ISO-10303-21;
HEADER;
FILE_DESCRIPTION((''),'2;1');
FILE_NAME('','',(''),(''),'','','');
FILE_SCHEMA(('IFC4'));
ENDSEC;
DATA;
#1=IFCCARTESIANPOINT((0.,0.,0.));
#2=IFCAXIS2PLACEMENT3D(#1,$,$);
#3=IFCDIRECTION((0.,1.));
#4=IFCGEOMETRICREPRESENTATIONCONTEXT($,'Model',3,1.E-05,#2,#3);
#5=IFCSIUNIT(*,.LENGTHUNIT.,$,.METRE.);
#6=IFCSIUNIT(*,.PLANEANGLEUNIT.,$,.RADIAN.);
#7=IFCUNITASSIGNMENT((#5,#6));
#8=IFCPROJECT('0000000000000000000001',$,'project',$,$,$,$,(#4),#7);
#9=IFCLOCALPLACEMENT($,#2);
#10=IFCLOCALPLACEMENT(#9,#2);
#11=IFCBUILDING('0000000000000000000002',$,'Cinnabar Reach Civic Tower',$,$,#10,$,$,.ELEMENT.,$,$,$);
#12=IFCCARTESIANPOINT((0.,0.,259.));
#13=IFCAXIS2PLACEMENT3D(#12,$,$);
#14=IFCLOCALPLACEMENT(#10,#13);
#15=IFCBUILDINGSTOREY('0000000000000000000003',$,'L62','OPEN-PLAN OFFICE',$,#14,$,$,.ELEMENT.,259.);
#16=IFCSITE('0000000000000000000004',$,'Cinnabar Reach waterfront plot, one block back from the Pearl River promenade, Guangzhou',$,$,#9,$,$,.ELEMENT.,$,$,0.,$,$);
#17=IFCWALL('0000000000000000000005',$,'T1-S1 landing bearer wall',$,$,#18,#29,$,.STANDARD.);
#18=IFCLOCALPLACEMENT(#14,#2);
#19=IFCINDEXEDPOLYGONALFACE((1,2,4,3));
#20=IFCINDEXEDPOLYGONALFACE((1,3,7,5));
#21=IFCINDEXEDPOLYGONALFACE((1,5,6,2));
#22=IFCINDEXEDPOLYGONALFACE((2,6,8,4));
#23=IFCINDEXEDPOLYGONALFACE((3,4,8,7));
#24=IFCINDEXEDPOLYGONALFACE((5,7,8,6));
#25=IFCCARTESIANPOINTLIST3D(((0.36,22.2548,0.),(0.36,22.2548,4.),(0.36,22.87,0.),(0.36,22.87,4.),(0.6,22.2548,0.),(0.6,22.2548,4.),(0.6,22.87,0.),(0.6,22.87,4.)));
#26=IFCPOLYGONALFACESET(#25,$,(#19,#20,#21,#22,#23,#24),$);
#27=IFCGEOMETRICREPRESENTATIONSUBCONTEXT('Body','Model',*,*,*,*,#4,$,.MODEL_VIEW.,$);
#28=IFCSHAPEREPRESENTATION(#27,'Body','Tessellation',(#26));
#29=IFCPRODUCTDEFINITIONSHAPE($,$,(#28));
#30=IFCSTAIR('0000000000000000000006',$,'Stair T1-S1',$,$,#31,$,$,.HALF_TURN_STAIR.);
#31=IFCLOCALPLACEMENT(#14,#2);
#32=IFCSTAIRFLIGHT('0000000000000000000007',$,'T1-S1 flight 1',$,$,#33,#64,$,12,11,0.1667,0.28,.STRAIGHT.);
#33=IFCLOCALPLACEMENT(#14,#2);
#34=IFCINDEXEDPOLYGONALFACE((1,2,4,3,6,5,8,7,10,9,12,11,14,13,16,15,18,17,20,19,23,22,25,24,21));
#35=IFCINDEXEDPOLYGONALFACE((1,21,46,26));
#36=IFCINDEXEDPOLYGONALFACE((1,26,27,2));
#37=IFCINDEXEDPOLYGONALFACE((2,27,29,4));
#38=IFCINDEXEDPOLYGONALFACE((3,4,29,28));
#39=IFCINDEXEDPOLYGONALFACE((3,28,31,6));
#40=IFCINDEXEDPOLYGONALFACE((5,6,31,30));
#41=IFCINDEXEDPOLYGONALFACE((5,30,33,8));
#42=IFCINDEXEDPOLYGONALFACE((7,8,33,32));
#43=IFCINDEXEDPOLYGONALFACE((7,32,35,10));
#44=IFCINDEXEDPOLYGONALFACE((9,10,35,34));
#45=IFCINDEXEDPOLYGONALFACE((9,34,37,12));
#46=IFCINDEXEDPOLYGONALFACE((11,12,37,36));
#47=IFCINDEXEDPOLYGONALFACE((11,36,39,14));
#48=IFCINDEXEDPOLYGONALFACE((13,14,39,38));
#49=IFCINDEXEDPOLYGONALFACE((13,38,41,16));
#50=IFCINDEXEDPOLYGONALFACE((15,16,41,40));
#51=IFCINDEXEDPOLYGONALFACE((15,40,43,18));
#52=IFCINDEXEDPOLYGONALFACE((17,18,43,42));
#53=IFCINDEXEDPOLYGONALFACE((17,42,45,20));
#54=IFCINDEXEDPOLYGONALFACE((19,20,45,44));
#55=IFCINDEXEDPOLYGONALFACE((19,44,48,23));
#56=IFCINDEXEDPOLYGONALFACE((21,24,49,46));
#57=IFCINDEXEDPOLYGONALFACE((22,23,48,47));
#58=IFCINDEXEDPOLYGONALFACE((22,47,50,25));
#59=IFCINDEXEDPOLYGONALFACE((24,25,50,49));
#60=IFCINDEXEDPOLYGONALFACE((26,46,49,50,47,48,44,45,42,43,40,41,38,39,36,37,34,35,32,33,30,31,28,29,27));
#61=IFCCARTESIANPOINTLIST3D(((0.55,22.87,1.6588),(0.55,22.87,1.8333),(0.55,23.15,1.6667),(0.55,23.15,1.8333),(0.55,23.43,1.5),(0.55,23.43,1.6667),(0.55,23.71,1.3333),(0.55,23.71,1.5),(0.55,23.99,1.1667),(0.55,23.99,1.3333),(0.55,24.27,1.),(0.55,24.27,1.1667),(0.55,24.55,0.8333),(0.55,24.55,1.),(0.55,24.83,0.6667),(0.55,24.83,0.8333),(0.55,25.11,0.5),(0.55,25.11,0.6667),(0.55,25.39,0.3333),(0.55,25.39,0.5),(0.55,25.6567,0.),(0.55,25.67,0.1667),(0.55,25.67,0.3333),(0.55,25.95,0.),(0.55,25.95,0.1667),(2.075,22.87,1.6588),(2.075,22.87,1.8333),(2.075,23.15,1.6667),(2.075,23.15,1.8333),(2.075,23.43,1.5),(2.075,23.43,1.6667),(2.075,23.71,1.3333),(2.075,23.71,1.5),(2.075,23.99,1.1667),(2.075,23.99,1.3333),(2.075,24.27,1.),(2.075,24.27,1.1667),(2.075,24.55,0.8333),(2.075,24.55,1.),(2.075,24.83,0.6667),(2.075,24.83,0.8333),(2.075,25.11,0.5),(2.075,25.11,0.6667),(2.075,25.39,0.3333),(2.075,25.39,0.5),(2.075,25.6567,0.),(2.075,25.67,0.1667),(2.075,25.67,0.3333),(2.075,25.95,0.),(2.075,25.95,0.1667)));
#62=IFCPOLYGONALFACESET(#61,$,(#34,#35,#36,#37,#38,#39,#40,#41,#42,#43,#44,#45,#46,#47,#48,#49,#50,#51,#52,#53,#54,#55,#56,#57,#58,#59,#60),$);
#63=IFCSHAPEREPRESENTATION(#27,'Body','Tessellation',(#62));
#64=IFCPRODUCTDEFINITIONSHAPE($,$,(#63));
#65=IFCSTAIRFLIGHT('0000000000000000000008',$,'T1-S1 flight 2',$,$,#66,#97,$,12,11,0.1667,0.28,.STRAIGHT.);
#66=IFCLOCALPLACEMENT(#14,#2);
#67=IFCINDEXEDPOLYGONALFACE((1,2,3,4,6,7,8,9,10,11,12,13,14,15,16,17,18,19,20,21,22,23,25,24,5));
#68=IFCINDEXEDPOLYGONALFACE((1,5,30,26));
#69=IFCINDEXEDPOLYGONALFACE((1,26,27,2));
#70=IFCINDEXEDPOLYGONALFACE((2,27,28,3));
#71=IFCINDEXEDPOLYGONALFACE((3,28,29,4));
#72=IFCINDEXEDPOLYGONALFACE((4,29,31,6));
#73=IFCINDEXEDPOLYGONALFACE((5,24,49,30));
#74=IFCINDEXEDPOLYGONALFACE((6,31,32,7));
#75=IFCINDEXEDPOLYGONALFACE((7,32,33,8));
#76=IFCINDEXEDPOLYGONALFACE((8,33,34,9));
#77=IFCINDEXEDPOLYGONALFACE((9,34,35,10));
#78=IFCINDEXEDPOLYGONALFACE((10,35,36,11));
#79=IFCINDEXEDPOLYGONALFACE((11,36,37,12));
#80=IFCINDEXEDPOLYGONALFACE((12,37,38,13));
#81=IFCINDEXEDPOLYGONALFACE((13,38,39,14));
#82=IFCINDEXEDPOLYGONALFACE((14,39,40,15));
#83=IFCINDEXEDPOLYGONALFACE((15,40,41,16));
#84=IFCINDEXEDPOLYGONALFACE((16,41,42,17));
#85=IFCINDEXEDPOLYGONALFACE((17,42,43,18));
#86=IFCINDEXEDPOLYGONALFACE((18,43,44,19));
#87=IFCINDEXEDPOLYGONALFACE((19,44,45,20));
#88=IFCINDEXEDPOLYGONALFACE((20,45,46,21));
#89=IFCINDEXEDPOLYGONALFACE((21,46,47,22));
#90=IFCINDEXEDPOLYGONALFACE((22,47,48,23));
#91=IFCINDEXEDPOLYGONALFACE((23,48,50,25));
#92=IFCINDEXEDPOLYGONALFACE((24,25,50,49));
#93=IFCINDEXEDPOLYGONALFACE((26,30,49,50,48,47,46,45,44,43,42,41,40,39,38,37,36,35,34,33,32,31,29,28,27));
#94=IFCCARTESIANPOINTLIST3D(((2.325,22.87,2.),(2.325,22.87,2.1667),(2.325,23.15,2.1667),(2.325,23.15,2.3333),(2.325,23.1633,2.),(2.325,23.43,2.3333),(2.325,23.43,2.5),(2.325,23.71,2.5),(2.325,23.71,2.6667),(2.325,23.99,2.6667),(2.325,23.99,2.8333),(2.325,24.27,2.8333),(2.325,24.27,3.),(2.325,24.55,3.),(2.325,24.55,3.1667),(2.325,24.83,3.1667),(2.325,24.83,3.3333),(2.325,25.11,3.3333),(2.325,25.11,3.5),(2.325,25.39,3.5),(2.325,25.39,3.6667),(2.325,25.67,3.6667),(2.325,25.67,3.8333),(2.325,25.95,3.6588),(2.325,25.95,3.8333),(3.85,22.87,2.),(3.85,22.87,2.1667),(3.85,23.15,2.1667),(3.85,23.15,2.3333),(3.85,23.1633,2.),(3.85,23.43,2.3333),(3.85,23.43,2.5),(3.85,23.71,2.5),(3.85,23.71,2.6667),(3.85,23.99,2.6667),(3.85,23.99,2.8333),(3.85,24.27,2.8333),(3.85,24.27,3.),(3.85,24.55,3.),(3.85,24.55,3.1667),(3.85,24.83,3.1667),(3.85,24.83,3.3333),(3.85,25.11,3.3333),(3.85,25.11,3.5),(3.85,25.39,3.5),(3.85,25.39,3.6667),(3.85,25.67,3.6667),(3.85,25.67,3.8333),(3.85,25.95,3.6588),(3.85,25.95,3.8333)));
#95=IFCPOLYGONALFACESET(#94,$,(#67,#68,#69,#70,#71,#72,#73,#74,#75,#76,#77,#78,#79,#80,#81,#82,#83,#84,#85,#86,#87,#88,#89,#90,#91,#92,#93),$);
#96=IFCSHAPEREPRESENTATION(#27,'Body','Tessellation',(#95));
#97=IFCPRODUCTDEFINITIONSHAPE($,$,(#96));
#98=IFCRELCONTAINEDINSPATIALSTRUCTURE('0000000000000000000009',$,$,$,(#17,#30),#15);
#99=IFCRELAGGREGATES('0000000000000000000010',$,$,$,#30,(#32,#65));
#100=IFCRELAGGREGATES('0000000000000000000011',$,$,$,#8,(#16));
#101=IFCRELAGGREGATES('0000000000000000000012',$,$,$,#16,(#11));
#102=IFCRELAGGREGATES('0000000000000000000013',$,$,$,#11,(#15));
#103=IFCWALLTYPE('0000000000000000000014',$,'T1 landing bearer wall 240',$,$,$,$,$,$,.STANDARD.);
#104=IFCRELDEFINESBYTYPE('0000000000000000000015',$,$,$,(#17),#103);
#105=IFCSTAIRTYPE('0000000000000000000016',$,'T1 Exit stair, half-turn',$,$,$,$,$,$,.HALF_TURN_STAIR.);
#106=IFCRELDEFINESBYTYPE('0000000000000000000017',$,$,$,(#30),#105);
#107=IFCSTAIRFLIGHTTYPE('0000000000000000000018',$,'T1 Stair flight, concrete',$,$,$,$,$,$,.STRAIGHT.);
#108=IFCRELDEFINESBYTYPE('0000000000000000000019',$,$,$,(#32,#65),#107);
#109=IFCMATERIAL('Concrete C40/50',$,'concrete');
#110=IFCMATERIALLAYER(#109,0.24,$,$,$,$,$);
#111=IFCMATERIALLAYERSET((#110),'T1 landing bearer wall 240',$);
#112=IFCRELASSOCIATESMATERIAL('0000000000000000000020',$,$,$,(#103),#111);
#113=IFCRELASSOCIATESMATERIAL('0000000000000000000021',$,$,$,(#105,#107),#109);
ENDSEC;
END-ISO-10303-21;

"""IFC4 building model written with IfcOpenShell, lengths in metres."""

from ifc_helpers import new_model, si_unit, direction, frame, frame_2d, origin, place, context, subcontext, project, spatial, polyline, rectangle, outline, extrude, material, layer, layer_set, type_object, element, aggregate, save


model = new_model("IFC4")

# Units and contexts
model_context = context("Model", 3, precision=1e-05, world=origin(), true_north=direction((0.0, 1.0)))
body_context = subcontext(model_context, "Body", "Model", "MODEL_VIEW")
ifc_project = project(units=[si_unit("LENGTHUNIT", "METRE"), si_unit("PLANEANGLEUNIT", "RADIAN")], contexts=[model_context])

# Site, building, storey
site_placement = place(None, origin())
site = spatial("IfcSite", under=ifc_project, at=site_placement, Name="Cinnabar Reach waterfront plot, one block back from the Pearl River promenade, Guangzhou", CompositionType="ELEMENT", RefElevation=0.0)
building_placement = place(site_placement, origin())
building = spatial("IfcBuilding", under=site, at=building_placement, Name="Cinnabar Reach Civic Tower", CompositionType="ELEMENT")
storey_placement = place(building_placement, frame((0.0, 0.0, 259.0)))
storey = spatial("IfcBuildingStorey", under=building, at=storey_placement, Name="L62", Description="OPEN-PLAN OFFICE", CompositionType="ELEMENT", Elevation=259.0)

# Wall
ifc_material_1 = material(Name="Concrete C40/50", Category="concrete")
ifc_layer_1 = layer(ifc_material_1, 0.24)
ifc_layer_set_1 = layer_set([ifc_layer_1], Name="T1 landing bearer wall 240")
wall_type_1 = type_object("IfcWallType", Name="T1 landing bearer wall 240", PredefinedType="STANDARD", material=ifc_layer_set_1)
wall_1_placement = place(storey_placement, frame((0.48, 22.2549, 0.0), z_axis=(0.0, 0.0, 1.0), x_axis=(0.0, 1.0, 0.0)))
element("IfcWall", 1, at=wall_1_placement, inside=storey, type_object=wall_type_1, Name="T1-S1 landing bearer wall", PredefinedType="STANDARD", context=body_context, shape_type="SweptSolid", body=[
    extrude(rectangle(XDim=0.6151, YDim=0.24, at=frame_2d((0.3075, 0.0))), origin(), (0.0, 0.0, 1.0), 4.0),
])

# Stair, stair flights
stair_type = type_object("IfcStairType", Name="T1 Exit stair, half-turn", PredefinedType="HALF_TURN_STAIR", material=ifc_material_1)
stair_placement = place(storey_placement, origin())
stair = element("IfcStair", 2, at=stair_placement, inside=storey, type_object=stair_type, Name="Stair T1-S1", PredefinedType="HALF_TURN_STAIR")
stair_flight_type = type_object("IfcStairFlightType", Name="T1 Stair flight, concrete", PredefinedType="STRAIGHT", material=ifc_material_1)
stair_flight_1_placement = place(storey_placement, frame((1.3125, 25.95, 0.0), z_axis=(0.0, 0.0, 1.0), x_axis=(0.0, -1.0, 0.0)))
stair_flight_1 = element("IfcStairFlight", 3, at=stair_flight_1_placement, type_object=stair_flight_type, Name="T1-S1 flight 1", NumberOfRisers=12, NumberOfTreads=11, PredefinedType="STRAIGHT", RiserHeight=0.1667, TreadLength=0.28, context=body_context, shape_type="SweptSolid", body=[
    extrude(outline(polyline([(0.0, 0.0), (0.0, 0.1667), (0.28, 0.1667), (0.28, 0.3333), (0.56, 0.3333), (0.56, 0.5), (0.84, 0.5), (0.84, 0.6667), (1.12, 0.6667), (1.12, 0.8333), (1.4, 0.8333), (1.4, 1.0), (1.68, 1.0), (1.68, 1.1667), (1.96, 1.1667), (1.96, 1.3333), (2.24, 1.3333), (2.24, 1.5), (2.52, 1.5), (2.52, 1.6667), (2.8, 1.6667), (2.8, 1.8333), (3.08, 1.8333), (3.08, 2.0), (3.08, 1.6588), (0.2933, 0.0), (0.0, 0.0)])), frame((0.0, 0.7625, 0.0), z_axis=(0.0, -1.0, 0.0), x_axis=(1.0, 0.0, 0.0)), (0.0, 0.0, 1.0), 1.525),
])
stair_flight_2_placement = place(storey_placement, frame((3.0875, 22.87, 2.0), z_axis=(0.0, 0.0, 1.0), x_axis=(0.0, 1.0, 0.0)))
stair_flight_2 = element("IfcStairFlight", 4, at=stair_flight_2_placement, type_object=stair_flight_type, Name="T1-S1 flight 2", NumberOfRisers=12, NumberOfTreads=11, PredefinedType="STRAIGHT", RiserHeight=0.1667, TreadLength=0.28, context=body_context, shape_type="SweptSolid", body=[
    extrude(outline(polyline([(0.0, 0.0), (0.0, 0.1667), (0.28, 0.1667), (0.28, 0.3333), (0.56, 0.3333), (0.56, 0.5), (0.84, 0.5), (0.84, 0.6667), (1.12, 0.6667), (1.12, 0.8333), (1.4, 0.8333), (1.4, 1.0), (1.68, 1.0), (1.68, 1.1667), (1.96, 1.1667), (1.96, 1.3333), (2.24, 1.3333), (2.24, 1.5), (2.52, 1.5), (2.52, 1.6667), (2.8, 1.6667), (2.8, 1.8333), (3.08, 1.8333), (3.08, 2.0), (3.08, 1.6588), (0.2933, 0.0), (0.0, 0.0)])), frame((0.0, 0.7625, 0.0), z_axis=(0.0, -1.0, 0.0), x_axis=(1.0, 0.0, 0.0)), (0.0, 0.0, 1.0), 1.525),
])
aggregate(stair, [stair_flight_1, stair_flight_2])

save(model, "model.ifc")
